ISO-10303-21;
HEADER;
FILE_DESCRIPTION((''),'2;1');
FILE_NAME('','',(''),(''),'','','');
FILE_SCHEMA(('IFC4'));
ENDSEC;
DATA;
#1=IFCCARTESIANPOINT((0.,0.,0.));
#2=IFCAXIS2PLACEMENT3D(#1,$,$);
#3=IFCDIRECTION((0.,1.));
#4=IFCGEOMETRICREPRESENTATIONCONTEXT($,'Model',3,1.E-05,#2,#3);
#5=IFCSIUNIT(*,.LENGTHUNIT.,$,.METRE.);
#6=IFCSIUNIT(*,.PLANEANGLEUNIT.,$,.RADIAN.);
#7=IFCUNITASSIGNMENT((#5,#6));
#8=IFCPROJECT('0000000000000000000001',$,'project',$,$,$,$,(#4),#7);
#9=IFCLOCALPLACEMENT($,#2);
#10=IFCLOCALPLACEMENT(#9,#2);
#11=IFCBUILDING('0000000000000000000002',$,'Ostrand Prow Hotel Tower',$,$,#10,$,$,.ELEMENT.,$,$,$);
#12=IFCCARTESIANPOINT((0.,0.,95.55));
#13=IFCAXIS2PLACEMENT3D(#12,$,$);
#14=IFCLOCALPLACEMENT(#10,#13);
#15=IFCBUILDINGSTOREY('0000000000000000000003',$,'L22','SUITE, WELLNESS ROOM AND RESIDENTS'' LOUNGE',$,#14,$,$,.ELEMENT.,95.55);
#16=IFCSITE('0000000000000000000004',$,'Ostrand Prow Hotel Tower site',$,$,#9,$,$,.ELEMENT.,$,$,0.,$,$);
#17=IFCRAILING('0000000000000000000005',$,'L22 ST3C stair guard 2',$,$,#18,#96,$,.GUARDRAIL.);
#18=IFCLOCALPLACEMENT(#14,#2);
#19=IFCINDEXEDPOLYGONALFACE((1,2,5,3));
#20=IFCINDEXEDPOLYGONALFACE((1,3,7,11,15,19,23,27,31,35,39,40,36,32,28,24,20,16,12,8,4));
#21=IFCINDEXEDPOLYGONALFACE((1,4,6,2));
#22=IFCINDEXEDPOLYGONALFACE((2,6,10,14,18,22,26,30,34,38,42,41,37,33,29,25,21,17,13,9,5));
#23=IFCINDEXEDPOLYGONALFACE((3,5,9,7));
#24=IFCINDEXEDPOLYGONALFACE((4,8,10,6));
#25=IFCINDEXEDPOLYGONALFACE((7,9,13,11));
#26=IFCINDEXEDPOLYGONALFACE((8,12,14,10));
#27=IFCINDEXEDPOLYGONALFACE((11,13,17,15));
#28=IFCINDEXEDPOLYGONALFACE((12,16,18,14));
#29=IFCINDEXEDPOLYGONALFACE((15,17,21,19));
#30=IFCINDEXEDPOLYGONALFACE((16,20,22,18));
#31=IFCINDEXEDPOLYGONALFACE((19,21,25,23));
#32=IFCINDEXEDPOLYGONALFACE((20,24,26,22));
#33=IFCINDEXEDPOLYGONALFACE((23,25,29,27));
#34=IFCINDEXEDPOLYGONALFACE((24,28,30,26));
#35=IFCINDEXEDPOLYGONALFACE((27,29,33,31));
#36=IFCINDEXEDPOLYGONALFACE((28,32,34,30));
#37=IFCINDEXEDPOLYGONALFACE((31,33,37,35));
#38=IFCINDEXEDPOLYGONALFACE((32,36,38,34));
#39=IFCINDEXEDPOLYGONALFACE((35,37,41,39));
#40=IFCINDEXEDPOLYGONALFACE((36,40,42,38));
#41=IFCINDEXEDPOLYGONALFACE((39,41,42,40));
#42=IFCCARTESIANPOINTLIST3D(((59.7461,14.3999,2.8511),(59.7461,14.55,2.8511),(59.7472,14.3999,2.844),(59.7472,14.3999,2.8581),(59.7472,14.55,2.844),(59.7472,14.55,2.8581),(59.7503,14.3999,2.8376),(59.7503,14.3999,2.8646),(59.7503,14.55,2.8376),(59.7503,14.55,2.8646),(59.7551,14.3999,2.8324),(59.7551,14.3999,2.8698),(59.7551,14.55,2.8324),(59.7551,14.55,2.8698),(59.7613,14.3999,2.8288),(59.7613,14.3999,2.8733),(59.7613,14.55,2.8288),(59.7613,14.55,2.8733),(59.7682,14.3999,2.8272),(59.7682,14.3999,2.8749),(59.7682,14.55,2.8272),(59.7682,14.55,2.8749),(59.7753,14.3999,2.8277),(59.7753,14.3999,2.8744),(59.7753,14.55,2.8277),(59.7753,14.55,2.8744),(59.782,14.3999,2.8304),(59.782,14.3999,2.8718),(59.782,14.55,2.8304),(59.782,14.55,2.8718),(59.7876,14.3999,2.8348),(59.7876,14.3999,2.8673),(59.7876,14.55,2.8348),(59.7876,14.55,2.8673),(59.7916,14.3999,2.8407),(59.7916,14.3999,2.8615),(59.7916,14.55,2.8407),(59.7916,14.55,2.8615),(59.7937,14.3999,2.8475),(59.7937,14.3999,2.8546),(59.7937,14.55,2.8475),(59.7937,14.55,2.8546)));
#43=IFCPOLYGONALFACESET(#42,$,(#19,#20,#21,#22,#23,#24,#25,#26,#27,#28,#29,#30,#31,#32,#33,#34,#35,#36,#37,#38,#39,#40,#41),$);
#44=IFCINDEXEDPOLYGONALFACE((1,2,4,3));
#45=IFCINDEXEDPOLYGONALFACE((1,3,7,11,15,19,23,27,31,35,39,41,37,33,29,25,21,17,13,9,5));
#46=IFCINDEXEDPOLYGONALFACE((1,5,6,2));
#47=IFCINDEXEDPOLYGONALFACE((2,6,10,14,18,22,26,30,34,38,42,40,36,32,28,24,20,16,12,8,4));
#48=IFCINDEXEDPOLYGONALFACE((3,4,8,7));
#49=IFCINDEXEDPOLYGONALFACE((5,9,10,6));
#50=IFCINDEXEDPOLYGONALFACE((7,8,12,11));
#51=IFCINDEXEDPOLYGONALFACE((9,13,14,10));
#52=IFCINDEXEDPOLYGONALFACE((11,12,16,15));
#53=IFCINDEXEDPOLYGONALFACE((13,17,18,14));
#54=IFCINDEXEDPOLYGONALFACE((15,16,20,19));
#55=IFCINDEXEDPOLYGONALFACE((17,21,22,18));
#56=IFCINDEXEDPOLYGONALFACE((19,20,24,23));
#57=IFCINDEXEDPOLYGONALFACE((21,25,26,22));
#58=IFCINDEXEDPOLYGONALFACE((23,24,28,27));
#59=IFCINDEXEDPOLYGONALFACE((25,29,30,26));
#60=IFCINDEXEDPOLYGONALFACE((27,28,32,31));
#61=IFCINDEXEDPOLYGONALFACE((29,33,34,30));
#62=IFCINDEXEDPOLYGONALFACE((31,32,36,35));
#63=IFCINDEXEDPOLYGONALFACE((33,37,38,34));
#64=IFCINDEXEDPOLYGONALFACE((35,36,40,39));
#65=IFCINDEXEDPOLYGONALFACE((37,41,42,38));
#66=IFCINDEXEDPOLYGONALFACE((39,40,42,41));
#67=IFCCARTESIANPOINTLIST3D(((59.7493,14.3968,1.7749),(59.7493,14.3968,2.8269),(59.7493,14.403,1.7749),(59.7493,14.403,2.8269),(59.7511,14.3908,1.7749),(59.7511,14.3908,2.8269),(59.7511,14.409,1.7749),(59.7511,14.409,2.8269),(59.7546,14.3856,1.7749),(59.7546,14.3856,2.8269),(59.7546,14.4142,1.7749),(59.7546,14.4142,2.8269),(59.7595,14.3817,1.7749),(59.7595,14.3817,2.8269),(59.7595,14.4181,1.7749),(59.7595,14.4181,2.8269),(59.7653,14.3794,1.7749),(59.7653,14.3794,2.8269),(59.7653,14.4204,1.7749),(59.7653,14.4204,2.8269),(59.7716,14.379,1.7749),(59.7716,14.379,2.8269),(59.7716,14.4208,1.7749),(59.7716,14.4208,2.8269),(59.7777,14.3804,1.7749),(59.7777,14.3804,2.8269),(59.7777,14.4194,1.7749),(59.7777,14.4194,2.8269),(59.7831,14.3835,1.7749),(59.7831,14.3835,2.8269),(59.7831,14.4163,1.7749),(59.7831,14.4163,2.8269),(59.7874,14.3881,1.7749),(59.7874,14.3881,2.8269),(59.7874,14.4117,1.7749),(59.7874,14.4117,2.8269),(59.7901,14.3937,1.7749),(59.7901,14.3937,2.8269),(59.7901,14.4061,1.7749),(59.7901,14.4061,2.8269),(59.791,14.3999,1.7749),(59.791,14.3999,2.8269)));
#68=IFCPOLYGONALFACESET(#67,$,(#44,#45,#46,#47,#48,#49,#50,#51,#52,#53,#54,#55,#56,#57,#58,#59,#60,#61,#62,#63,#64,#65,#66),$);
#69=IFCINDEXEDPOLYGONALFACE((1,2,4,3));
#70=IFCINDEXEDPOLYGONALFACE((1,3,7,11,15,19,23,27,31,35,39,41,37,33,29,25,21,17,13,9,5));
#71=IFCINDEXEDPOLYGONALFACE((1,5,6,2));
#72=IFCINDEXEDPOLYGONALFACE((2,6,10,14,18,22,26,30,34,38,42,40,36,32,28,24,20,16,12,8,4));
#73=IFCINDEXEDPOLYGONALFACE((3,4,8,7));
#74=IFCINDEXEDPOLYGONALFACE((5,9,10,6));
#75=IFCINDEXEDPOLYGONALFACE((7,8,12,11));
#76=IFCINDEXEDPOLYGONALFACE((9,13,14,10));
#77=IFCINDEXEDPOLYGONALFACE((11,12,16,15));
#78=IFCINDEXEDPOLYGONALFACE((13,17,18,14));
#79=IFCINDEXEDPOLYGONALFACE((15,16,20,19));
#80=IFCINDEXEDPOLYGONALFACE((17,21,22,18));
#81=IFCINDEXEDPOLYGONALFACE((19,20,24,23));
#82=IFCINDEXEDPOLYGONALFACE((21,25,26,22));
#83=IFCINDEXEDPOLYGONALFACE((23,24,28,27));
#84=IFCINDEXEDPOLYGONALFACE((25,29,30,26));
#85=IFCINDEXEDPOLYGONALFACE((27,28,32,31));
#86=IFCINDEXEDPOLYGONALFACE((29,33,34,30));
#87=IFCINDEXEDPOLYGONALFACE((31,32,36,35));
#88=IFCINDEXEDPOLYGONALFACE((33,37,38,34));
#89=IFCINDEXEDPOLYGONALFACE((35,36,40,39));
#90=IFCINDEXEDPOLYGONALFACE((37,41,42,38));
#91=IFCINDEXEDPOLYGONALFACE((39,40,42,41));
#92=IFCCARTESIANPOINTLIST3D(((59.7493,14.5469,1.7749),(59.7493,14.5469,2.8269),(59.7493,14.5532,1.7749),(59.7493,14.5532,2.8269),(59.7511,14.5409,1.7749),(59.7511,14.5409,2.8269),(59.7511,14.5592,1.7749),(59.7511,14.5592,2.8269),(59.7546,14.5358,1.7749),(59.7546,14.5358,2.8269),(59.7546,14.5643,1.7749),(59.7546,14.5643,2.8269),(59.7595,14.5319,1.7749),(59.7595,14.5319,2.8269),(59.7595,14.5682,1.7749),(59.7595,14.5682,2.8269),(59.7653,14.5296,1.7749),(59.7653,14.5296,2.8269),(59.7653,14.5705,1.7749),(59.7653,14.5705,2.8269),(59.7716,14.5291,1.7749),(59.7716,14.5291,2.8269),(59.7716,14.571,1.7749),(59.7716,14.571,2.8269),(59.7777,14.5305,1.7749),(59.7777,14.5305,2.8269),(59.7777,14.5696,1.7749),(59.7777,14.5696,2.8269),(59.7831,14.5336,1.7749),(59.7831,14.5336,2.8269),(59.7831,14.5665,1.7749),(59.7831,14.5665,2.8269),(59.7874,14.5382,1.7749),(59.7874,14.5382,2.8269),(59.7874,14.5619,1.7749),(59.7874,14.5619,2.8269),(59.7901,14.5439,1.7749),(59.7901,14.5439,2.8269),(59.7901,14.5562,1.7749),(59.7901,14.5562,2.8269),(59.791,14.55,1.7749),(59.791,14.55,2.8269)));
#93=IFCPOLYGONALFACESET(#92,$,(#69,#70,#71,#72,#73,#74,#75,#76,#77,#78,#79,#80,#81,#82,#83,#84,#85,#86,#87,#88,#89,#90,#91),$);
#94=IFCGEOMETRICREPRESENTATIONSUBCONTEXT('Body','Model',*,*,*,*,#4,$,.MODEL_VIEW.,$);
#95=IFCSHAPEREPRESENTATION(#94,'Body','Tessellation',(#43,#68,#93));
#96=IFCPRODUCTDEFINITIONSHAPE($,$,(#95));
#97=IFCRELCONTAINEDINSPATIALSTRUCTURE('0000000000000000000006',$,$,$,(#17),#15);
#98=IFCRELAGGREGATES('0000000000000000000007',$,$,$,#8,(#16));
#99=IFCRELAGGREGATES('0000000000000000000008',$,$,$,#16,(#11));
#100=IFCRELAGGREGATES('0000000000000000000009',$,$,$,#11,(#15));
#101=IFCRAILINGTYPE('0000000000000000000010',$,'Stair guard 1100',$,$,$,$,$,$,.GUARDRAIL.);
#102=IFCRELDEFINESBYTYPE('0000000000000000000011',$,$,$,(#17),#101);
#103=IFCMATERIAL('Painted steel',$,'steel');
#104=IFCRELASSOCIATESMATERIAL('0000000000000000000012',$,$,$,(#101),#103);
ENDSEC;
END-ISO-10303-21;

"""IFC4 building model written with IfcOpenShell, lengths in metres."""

from ifc_helpers import new_model, si_unit, direction, frame, origin, origin_2d, place, context, subcontext, project, spatial, circle, extrude, material, type_object, element, save


model = new_model("IFC4")

# Units and contexts
model_context = context("Model", 3, precision=1e-05, world=origin(), true_north=direction((0.0, 1.0)))
body_context = subcontext(model_context, "Body", "Model", "MODEL_VIEW")
ifc_project = project(units=[si_unit("LENGTHUNIT", "METRE"), si_unit("PLANEANGLEUNIT", "RADIAN")], contexts=[model_context])

# Site, building, storey
site_placement = place(None, origin())
site = spatial("IfcSite", under=ifc_project, at=site_placement, Name="Ostrand Prow Hotel Tower site", CompositionType="ELEMENT", RefElevation=0.0)
building_placement = place(site_placement, origin())
building = spatial("IfcBuilding", under=site, at=building_placement, Name="Ostrand Prow Hotel Tower", CompositionType="ELEMENT")
storey_placement = place(building_placement, frame((0.0, 0.0, 95.55)))
storey = spatial("IfcBuildingStorey", under=building, at=storey_placement, Name="L22", Description="SUITE, WELLNESS ROOM AND RESIDENTS' LOUNGE", CompositionType="ELEMENT", Elevation=95.55)

# Railing
ifc_material_1 = material(Name="Painted steel", Category="steel")
railing_type_1 = type_object("IfcRailingType", Name="Stair guard 1100", PredefinedType="GUARDRAIL", material=ifc_material_1)
railing_1_placement = place(storey_placement, frame((59.77, 14.3999, 1.7749)))
element("IfcRailing", 1, at=railing_1_placement, inside=storey, type_object=railing_type_1, Name="L22 ST3C stair guard 2", PredefinedType="GUARDRAIL", context=body_context, shape_type="SweptSolid", body=[
    extrude(circle(Radius=0.0239, at=origin_2d()), frame((0.0, 0.0, 1.0762), z_axis=(0.0, 1.0, 0.0), x_axis=(-1.0, 0.0, 0.0)), (0.0, 0.0, 1.0), 0.1501),
    extrude(circle(Radius=0.021, at=origin_2d()), origin(), (0.0, 0.0, 1.0), 1.052),
    extrude(circle(Radius=0.021, at=origin_2d()), frame((0.0, 0.1501, 0.0)), (0.0, 0.0, 1.0), 1.052),
])

save(model, "model.ifc")
